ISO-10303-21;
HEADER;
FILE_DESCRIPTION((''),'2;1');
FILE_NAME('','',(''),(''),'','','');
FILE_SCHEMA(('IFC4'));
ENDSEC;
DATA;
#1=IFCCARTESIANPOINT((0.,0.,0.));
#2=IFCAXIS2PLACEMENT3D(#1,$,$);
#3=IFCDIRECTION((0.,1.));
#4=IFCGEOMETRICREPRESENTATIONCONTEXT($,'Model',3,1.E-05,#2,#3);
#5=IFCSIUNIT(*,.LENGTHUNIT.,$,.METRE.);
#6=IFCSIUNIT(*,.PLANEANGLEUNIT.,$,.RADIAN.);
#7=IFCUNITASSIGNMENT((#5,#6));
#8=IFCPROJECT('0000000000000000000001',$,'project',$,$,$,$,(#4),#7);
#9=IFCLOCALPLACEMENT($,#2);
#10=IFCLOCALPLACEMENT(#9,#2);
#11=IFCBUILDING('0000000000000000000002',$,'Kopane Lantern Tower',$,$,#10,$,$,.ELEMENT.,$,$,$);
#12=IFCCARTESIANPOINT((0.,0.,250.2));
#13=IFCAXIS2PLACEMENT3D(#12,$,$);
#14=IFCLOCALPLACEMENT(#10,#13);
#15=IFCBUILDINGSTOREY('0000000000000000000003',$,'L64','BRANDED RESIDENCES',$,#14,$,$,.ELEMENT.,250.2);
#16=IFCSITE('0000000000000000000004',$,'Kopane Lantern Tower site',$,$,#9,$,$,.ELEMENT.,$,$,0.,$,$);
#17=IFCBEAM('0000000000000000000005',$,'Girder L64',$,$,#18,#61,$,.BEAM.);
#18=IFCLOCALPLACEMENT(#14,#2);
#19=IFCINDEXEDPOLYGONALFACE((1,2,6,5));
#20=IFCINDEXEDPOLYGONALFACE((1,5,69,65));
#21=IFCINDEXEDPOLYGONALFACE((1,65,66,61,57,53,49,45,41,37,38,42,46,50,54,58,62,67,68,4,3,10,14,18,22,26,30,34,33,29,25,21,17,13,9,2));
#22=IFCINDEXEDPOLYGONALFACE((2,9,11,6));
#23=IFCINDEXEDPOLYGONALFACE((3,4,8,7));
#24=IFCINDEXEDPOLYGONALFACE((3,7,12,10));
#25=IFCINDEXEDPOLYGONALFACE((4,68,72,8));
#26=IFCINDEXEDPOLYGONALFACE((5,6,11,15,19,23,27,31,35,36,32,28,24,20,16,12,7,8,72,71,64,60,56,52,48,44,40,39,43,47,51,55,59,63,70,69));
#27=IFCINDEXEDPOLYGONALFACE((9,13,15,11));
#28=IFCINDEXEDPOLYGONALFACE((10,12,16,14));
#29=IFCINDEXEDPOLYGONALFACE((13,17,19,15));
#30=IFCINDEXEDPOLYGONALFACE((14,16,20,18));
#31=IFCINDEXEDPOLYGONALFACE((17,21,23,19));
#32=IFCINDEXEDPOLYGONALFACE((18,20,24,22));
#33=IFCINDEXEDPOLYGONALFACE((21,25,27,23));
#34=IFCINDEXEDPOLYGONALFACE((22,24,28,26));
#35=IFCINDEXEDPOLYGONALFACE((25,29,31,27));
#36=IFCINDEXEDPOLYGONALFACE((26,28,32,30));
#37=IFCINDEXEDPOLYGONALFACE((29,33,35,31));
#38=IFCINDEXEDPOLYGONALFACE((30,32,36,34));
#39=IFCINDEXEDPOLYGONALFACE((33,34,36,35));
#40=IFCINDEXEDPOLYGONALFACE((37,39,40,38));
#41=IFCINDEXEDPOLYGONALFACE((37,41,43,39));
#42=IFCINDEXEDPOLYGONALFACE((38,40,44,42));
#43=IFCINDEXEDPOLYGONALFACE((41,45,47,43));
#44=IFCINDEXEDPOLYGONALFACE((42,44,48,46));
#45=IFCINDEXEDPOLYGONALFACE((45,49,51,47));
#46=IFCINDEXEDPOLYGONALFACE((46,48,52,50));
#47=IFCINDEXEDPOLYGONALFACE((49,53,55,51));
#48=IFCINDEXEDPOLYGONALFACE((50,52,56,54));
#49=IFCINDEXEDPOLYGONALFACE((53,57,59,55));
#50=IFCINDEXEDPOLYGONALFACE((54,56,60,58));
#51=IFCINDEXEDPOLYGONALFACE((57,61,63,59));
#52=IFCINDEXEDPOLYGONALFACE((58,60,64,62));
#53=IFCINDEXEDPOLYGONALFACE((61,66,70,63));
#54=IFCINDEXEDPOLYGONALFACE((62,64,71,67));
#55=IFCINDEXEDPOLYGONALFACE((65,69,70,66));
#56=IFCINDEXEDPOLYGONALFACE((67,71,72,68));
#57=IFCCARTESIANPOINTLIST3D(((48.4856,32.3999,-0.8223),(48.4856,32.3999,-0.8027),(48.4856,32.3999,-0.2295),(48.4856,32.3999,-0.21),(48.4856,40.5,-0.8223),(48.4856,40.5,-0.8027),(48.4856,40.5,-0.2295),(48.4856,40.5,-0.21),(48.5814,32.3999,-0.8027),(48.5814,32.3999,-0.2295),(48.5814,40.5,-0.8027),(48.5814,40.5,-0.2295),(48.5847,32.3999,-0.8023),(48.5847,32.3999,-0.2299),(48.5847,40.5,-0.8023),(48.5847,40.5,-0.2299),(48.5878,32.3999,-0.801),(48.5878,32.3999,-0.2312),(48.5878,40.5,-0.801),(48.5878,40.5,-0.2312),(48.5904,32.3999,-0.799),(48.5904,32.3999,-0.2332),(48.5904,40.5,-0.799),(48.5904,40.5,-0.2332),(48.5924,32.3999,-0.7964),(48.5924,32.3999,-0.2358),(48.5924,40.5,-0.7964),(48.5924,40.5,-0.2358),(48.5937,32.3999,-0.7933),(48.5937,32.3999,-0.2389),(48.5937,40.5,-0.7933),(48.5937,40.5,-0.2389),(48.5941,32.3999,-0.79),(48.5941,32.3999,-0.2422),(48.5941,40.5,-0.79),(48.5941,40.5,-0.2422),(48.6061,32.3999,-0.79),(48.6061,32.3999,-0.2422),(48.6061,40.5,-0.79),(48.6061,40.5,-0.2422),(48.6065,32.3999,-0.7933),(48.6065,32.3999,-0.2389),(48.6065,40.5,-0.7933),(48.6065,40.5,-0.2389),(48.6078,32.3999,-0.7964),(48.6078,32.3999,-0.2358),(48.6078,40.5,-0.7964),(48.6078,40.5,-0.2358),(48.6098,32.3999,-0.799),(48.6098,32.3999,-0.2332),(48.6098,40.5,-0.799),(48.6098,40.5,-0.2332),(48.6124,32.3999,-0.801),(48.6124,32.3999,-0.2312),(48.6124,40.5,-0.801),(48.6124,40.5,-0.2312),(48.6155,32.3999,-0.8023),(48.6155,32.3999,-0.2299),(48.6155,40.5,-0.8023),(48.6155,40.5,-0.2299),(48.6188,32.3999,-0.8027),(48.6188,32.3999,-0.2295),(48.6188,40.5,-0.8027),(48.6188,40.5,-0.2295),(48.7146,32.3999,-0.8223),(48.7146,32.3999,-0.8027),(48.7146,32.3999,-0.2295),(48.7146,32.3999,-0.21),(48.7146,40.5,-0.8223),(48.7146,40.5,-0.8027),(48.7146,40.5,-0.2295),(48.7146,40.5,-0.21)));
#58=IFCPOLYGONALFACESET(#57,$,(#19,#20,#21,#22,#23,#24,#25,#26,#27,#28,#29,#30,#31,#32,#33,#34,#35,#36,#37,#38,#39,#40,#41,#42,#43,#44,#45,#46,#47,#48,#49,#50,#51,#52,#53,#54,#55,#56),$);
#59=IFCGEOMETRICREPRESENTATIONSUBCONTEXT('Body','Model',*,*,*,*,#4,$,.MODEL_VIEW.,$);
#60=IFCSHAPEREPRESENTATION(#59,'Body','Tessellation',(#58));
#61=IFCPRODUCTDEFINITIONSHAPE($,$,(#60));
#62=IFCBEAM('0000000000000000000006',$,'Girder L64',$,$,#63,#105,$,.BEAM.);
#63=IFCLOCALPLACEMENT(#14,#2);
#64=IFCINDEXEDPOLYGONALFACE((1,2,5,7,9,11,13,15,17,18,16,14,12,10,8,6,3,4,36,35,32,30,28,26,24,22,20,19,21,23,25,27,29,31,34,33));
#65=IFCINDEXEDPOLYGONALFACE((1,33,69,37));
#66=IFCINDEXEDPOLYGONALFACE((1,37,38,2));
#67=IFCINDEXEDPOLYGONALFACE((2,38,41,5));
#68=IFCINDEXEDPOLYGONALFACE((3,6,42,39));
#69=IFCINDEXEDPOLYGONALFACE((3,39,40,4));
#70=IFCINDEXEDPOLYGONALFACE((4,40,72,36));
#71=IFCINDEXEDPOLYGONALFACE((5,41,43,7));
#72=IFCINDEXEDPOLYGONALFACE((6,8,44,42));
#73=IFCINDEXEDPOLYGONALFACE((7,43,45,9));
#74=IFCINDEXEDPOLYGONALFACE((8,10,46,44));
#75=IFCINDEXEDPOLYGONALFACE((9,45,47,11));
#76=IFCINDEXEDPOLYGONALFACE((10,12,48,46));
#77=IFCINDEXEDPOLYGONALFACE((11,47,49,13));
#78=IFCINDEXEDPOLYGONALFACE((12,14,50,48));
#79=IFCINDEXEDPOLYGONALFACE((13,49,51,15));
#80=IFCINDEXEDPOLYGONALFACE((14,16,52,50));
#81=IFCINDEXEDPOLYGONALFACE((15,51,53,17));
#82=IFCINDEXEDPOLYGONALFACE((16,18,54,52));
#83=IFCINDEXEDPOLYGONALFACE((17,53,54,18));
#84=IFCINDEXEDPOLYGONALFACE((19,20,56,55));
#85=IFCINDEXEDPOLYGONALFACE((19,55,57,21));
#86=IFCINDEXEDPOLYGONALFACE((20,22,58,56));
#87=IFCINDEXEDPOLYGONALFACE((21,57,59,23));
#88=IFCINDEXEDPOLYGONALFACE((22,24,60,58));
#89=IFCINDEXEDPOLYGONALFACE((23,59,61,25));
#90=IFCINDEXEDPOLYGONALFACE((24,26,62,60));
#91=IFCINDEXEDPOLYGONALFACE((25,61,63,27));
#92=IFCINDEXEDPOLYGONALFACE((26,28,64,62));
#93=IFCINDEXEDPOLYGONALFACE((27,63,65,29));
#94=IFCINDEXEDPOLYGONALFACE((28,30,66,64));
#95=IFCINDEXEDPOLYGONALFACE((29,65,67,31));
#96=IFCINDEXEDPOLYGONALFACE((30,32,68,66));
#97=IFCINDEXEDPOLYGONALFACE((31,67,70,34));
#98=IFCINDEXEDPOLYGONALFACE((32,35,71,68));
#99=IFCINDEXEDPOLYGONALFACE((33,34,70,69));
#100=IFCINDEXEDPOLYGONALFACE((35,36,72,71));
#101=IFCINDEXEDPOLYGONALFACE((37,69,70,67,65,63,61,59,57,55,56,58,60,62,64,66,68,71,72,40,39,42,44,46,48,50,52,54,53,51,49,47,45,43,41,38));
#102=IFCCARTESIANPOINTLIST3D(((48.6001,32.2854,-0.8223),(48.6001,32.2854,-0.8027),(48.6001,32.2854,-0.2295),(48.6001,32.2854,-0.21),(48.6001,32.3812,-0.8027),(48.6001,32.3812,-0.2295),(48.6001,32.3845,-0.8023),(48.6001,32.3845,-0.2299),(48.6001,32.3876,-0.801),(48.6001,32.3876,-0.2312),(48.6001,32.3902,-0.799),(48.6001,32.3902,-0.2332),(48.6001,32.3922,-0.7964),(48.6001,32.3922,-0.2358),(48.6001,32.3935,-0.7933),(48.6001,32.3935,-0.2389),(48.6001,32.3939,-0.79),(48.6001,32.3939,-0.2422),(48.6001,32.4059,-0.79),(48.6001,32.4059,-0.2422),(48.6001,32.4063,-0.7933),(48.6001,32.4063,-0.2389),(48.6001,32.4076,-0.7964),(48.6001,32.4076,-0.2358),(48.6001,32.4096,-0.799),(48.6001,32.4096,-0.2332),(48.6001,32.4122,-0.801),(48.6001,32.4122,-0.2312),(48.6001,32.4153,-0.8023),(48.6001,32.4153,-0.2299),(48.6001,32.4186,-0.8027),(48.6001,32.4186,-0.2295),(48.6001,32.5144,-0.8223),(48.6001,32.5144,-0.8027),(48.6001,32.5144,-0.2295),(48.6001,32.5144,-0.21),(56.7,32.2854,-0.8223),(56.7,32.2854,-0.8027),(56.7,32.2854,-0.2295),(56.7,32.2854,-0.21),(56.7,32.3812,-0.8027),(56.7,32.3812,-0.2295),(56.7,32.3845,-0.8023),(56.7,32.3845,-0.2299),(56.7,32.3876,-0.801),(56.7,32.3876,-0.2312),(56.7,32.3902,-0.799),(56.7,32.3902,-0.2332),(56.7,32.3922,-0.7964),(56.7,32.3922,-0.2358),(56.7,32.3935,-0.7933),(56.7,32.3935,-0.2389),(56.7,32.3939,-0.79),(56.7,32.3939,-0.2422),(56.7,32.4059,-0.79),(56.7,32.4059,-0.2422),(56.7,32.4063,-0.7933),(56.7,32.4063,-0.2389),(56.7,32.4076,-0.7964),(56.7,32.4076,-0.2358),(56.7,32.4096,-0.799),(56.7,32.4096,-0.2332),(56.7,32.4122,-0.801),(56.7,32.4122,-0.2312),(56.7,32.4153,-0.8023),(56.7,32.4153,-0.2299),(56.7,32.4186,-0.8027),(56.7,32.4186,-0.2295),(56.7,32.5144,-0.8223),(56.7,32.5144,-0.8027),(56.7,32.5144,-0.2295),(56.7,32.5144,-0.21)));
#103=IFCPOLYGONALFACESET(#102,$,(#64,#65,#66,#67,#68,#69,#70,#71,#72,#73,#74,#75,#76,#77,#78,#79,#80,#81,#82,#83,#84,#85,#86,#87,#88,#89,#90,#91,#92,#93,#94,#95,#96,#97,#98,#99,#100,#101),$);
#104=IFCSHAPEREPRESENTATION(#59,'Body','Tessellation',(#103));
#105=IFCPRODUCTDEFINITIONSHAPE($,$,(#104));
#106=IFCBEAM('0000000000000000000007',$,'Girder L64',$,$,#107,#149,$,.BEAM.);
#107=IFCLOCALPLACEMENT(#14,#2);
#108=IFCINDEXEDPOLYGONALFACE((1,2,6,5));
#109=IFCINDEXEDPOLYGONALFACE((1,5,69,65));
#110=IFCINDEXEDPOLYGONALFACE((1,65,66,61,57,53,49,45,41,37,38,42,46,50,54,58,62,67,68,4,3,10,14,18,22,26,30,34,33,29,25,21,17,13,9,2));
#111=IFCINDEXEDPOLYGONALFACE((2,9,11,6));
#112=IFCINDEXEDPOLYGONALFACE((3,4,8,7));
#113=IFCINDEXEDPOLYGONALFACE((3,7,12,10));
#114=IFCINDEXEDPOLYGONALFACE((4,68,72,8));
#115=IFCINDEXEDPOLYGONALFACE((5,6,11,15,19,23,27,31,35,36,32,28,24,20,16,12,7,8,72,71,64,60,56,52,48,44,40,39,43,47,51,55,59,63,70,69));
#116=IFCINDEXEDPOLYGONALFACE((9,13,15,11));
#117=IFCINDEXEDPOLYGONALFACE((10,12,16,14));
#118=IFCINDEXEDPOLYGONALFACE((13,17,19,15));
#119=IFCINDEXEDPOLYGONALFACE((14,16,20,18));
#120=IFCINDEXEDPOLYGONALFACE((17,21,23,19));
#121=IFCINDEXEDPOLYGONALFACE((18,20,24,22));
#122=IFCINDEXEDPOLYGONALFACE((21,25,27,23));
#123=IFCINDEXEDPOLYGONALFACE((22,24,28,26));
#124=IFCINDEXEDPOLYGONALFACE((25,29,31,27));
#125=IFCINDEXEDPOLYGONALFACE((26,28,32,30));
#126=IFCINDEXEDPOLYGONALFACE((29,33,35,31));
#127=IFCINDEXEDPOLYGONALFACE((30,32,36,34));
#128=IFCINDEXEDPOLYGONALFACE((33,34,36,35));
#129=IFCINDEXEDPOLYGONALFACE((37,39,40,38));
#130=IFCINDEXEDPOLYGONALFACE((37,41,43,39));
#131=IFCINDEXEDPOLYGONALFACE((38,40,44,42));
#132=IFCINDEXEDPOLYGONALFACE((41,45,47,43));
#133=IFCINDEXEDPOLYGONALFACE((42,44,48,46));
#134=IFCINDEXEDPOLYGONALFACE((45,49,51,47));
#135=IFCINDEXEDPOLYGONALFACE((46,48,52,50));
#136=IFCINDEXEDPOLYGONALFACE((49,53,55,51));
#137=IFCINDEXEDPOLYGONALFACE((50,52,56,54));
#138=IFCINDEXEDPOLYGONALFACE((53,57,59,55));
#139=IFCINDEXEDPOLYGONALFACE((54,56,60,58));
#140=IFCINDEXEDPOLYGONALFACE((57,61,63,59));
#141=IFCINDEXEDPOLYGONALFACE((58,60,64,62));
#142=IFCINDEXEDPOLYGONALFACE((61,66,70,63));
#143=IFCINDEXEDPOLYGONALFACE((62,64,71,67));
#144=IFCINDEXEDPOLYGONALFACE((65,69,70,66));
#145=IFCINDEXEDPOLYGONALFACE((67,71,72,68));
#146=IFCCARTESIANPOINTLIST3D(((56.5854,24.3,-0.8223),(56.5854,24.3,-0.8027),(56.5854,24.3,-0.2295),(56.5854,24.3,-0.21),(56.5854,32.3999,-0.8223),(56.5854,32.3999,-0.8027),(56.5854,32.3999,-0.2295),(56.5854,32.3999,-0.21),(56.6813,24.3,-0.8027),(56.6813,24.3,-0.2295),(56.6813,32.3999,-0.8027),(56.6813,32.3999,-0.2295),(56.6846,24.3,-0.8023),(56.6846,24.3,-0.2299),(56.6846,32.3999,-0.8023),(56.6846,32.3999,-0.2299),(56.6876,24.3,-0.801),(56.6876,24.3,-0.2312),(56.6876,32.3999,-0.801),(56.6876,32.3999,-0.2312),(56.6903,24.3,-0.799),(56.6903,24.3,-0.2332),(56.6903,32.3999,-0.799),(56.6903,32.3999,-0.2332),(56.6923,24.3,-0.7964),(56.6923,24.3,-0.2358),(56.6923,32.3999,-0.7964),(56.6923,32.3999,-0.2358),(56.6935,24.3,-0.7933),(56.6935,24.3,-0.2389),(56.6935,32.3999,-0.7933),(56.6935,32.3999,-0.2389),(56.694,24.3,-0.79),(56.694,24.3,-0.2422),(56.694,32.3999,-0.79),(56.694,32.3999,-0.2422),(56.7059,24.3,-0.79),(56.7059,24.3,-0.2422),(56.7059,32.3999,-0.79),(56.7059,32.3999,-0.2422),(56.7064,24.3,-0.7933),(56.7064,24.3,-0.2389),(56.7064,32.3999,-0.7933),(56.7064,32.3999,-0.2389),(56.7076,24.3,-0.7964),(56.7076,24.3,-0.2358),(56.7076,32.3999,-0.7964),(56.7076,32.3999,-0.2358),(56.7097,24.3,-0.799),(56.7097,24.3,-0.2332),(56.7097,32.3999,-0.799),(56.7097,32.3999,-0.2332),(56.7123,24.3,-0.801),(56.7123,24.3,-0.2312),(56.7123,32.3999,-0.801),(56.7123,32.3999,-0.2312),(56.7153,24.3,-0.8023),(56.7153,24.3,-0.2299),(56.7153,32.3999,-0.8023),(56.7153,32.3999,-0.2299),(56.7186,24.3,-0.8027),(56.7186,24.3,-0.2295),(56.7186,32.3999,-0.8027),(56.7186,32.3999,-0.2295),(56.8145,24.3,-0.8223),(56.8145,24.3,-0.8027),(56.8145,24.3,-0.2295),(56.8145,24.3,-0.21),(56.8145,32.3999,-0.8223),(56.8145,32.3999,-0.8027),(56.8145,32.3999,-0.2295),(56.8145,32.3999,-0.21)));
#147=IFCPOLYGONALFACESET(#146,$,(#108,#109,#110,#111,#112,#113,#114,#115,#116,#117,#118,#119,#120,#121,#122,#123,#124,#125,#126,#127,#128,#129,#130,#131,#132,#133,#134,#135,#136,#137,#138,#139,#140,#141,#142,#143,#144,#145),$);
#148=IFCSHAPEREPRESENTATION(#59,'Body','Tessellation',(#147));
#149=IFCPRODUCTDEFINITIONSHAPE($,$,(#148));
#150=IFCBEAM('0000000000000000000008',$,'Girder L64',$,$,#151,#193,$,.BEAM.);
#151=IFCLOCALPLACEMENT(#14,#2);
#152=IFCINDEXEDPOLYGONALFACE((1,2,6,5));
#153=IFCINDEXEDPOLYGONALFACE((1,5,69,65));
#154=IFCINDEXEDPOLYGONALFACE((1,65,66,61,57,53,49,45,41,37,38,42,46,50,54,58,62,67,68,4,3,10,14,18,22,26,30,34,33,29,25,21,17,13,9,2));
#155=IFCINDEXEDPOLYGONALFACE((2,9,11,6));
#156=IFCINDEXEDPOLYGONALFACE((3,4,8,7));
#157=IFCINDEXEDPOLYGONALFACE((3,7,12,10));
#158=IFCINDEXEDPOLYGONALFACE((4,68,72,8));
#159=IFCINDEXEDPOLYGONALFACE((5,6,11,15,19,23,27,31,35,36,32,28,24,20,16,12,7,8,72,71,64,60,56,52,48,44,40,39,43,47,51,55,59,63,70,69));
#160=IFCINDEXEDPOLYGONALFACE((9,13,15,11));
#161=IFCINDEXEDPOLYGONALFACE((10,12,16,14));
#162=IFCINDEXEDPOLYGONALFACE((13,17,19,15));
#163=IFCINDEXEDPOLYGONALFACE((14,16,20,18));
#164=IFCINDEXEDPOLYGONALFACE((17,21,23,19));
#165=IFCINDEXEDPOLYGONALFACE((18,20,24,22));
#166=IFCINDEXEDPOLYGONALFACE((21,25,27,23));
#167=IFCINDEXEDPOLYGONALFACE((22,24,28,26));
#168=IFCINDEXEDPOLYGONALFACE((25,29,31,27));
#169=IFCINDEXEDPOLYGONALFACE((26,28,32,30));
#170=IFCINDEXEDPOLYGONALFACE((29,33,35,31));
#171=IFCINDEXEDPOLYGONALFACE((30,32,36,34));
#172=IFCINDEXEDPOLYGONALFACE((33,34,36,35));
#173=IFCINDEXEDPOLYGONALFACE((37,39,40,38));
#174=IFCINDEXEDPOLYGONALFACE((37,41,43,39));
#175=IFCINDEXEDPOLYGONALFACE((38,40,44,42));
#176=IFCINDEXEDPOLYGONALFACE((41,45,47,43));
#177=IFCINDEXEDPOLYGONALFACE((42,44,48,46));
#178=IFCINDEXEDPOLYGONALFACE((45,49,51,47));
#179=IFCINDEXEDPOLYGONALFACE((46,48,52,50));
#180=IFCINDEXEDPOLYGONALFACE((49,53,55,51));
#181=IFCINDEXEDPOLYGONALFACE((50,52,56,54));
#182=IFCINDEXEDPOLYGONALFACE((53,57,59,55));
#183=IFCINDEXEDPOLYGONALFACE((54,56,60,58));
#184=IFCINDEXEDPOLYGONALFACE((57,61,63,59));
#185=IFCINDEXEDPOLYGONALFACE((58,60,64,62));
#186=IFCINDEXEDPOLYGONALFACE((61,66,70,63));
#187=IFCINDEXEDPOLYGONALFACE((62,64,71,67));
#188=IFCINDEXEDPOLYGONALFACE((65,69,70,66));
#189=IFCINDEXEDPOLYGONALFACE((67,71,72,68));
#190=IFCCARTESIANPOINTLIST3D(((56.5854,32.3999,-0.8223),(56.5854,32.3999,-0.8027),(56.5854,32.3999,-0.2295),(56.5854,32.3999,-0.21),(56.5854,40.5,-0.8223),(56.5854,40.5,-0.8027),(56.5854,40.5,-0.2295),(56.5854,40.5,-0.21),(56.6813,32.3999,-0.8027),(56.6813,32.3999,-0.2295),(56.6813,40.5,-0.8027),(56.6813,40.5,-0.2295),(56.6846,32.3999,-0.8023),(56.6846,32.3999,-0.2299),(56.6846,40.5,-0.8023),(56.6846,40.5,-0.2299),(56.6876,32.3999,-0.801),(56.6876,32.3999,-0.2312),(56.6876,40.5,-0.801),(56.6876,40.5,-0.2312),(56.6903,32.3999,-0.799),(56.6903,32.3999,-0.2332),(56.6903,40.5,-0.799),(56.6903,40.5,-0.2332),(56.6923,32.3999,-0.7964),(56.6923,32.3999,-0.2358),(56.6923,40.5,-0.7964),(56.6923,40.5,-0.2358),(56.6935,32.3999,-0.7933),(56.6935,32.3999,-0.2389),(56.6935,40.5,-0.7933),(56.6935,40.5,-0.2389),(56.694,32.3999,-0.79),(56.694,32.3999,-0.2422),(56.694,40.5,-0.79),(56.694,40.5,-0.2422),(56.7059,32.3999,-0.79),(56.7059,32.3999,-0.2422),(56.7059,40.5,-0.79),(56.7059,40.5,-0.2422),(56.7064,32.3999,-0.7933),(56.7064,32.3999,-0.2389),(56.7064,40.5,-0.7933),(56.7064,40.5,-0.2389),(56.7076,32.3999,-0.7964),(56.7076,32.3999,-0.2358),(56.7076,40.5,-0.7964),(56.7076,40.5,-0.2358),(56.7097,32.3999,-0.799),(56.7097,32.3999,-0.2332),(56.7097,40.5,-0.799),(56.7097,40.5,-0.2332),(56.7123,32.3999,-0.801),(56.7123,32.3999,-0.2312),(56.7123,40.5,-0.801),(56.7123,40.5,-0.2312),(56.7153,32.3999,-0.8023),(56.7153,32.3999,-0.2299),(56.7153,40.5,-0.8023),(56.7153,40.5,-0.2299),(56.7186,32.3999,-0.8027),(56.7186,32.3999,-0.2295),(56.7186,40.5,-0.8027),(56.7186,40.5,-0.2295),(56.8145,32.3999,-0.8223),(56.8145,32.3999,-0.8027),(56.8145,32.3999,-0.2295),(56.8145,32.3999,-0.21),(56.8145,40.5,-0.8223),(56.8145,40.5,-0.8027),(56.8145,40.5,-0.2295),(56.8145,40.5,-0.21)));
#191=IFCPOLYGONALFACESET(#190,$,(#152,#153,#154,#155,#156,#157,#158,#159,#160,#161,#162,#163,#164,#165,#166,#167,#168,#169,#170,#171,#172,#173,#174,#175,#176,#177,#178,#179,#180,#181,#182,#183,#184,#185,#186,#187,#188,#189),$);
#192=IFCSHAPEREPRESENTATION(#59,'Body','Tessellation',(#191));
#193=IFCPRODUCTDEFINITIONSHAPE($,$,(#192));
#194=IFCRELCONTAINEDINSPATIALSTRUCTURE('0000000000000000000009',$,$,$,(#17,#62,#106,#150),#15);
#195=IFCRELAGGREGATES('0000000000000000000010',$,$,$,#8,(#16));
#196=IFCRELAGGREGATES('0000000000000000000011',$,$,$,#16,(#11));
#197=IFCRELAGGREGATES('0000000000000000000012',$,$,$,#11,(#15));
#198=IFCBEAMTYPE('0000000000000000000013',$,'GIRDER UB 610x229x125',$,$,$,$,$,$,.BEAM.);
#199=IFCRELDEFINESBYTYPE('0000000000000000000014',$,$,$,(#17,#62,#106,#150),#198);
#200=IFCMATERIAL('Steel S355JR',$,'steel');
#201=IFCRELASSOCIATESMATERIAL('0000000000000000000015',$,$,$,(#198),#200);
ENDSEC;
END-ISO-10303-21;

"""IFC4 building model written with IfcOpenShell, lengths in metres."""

from ifc_helpers import new_model, si_unit, direction, frame, origin, origin_2d, place, context, subcontext, project, spatial, i_section, extrude, material, material_profile, profile_set, type_object, element, save


model = new_model("IFC4")

# Units and contexts
model_context = context("Model", 3, precision=1e-05, world=origin(), true_north=direction((0.0, 1.0)))
body_context = subcontext(model_context, "Body", "Model", "MODEL_VIEW")
ifc_project = project(units=[si_unit("LENGTHUNIT", "METRE"), si_unit("PLANEANGLEUNIT", "RADIAN")], contexts=[model_context])

# Site, building, storey
site_placement = place(None, origin())
site = spatial("IfcSite", under=ifc_project, at=site_placement, Name="Kopane Lantern Tower site", CompositionType="ELEMENT", RefElevation=0.0)
building_placement = place(site_placement, origin())
building = spatial("IfcBuilding", under=site, at=building_placement, Name="Kopane Lantern Tower", CompositionType="ELEMENT")
storey_placement = place(building_placement, frame((0.0, 0.0, 250.2)))
storey = spatial("IfcBuildingStorey", under=building, at=storey_placement, Name="L64", Description="BRANDED RESIDENCES", CompositionType="ELEMENT", Elevation=250.2)

# Beams
ifc_material_1 = material(Name="Steel S355JR", Category="steel")
ifc_material_profile_1 = material_profile(ifc_material_1, i_section(OverallWidth=0.229, OverallDepth=0.6123, WebThickness=0.012, FlangeThickness=0.0195, FilletRadius=0.0127, at=origin_2d()), Name="UB 610x229x125")
ifc_profile_set_1 = profile_set([ifc_material_profile_1], Name="Steel S355JR")
beam_type = type_object("IfcBeamType", Name="GIRDER UB 610x229x125", PredefinedType="BEAM", material=ifc_profile_set_1)
beam_1_placement = place(storey_placement, frame((48.6001, 32.3999, -0.5161), z_axis=(0.0, 1.0, 0.0), x_axis=(-1.0, 0.0, 0.0)))
element("IfcBeam", 1, at=beam_1_placement, inside=storey, type_object=beam_type, Name="Girder L64", PredefinedType="BEAM", context=body_context, shape_type="SweptSolid", body=[
    extrude(i_section(OverallWidth=0.229, OverallDepth=0.6123, WebThickness=0.012, FlangeThickness=0.0195, FilletRadius=0.0127, at=origin_2d()), origin(), (0.0, 0.0, 1.0), 8.1001),
])
for number, where, z_axis, x_axis, name in (
    (2, (48.6001, 32.3999, -0.5161), (1.0, 0.0, 0.0), (0.0, 1.0, 0.0), "Girder L64"),
    (3, (56.7, 24.3, -0.5161), (0.0, 1.0, 0.0), (-1.0, 0.0, 0.0), "Girder L64"),
):
    element("IfcBeam", number, at=place(storey_placement, frame(where, z_axis=z_axis, x_axis=x_axis)), inside=storey, type_object=beam_type, Name=name, PredefinedType="BEAM", context=body_context, shape_type="SweptSolid", body=[
        extrude(i_section(OverallWidth=0.229, OverallDepth=0.6123, WebThickness=0.012, FlangeThickness=0.0195, FilletRadius=0.0127, at=origin_2d()), origin(), (0.0, 0.0, 1.0), 8.0999),
    ])
beam_2_placement = place(storey_placement, frame((56.7, 32.3999, -0.5161), z_axis=(0.0, 1.0, 0.0), x_axis=(-1.0, 0.0, 0.0)))
element("IfcBeam", 4, at=beam_2_placement, inside=storey, type_object=beam_type, Name="Girder L64", PredefinedType="BEAM", context=body_context, shape_type="SweptSolid", body=[
    extrude(i_section(OverallWidth=0.229, OverallDepth=0.6123, WebThickness=0.012, FlangeThickness=0.0195, FilletRadius=0.0127, at=origin_2d()), origin(), (0.0, 0.0, 1.0), 8.1001),
])

save(model, "model.ifc")
